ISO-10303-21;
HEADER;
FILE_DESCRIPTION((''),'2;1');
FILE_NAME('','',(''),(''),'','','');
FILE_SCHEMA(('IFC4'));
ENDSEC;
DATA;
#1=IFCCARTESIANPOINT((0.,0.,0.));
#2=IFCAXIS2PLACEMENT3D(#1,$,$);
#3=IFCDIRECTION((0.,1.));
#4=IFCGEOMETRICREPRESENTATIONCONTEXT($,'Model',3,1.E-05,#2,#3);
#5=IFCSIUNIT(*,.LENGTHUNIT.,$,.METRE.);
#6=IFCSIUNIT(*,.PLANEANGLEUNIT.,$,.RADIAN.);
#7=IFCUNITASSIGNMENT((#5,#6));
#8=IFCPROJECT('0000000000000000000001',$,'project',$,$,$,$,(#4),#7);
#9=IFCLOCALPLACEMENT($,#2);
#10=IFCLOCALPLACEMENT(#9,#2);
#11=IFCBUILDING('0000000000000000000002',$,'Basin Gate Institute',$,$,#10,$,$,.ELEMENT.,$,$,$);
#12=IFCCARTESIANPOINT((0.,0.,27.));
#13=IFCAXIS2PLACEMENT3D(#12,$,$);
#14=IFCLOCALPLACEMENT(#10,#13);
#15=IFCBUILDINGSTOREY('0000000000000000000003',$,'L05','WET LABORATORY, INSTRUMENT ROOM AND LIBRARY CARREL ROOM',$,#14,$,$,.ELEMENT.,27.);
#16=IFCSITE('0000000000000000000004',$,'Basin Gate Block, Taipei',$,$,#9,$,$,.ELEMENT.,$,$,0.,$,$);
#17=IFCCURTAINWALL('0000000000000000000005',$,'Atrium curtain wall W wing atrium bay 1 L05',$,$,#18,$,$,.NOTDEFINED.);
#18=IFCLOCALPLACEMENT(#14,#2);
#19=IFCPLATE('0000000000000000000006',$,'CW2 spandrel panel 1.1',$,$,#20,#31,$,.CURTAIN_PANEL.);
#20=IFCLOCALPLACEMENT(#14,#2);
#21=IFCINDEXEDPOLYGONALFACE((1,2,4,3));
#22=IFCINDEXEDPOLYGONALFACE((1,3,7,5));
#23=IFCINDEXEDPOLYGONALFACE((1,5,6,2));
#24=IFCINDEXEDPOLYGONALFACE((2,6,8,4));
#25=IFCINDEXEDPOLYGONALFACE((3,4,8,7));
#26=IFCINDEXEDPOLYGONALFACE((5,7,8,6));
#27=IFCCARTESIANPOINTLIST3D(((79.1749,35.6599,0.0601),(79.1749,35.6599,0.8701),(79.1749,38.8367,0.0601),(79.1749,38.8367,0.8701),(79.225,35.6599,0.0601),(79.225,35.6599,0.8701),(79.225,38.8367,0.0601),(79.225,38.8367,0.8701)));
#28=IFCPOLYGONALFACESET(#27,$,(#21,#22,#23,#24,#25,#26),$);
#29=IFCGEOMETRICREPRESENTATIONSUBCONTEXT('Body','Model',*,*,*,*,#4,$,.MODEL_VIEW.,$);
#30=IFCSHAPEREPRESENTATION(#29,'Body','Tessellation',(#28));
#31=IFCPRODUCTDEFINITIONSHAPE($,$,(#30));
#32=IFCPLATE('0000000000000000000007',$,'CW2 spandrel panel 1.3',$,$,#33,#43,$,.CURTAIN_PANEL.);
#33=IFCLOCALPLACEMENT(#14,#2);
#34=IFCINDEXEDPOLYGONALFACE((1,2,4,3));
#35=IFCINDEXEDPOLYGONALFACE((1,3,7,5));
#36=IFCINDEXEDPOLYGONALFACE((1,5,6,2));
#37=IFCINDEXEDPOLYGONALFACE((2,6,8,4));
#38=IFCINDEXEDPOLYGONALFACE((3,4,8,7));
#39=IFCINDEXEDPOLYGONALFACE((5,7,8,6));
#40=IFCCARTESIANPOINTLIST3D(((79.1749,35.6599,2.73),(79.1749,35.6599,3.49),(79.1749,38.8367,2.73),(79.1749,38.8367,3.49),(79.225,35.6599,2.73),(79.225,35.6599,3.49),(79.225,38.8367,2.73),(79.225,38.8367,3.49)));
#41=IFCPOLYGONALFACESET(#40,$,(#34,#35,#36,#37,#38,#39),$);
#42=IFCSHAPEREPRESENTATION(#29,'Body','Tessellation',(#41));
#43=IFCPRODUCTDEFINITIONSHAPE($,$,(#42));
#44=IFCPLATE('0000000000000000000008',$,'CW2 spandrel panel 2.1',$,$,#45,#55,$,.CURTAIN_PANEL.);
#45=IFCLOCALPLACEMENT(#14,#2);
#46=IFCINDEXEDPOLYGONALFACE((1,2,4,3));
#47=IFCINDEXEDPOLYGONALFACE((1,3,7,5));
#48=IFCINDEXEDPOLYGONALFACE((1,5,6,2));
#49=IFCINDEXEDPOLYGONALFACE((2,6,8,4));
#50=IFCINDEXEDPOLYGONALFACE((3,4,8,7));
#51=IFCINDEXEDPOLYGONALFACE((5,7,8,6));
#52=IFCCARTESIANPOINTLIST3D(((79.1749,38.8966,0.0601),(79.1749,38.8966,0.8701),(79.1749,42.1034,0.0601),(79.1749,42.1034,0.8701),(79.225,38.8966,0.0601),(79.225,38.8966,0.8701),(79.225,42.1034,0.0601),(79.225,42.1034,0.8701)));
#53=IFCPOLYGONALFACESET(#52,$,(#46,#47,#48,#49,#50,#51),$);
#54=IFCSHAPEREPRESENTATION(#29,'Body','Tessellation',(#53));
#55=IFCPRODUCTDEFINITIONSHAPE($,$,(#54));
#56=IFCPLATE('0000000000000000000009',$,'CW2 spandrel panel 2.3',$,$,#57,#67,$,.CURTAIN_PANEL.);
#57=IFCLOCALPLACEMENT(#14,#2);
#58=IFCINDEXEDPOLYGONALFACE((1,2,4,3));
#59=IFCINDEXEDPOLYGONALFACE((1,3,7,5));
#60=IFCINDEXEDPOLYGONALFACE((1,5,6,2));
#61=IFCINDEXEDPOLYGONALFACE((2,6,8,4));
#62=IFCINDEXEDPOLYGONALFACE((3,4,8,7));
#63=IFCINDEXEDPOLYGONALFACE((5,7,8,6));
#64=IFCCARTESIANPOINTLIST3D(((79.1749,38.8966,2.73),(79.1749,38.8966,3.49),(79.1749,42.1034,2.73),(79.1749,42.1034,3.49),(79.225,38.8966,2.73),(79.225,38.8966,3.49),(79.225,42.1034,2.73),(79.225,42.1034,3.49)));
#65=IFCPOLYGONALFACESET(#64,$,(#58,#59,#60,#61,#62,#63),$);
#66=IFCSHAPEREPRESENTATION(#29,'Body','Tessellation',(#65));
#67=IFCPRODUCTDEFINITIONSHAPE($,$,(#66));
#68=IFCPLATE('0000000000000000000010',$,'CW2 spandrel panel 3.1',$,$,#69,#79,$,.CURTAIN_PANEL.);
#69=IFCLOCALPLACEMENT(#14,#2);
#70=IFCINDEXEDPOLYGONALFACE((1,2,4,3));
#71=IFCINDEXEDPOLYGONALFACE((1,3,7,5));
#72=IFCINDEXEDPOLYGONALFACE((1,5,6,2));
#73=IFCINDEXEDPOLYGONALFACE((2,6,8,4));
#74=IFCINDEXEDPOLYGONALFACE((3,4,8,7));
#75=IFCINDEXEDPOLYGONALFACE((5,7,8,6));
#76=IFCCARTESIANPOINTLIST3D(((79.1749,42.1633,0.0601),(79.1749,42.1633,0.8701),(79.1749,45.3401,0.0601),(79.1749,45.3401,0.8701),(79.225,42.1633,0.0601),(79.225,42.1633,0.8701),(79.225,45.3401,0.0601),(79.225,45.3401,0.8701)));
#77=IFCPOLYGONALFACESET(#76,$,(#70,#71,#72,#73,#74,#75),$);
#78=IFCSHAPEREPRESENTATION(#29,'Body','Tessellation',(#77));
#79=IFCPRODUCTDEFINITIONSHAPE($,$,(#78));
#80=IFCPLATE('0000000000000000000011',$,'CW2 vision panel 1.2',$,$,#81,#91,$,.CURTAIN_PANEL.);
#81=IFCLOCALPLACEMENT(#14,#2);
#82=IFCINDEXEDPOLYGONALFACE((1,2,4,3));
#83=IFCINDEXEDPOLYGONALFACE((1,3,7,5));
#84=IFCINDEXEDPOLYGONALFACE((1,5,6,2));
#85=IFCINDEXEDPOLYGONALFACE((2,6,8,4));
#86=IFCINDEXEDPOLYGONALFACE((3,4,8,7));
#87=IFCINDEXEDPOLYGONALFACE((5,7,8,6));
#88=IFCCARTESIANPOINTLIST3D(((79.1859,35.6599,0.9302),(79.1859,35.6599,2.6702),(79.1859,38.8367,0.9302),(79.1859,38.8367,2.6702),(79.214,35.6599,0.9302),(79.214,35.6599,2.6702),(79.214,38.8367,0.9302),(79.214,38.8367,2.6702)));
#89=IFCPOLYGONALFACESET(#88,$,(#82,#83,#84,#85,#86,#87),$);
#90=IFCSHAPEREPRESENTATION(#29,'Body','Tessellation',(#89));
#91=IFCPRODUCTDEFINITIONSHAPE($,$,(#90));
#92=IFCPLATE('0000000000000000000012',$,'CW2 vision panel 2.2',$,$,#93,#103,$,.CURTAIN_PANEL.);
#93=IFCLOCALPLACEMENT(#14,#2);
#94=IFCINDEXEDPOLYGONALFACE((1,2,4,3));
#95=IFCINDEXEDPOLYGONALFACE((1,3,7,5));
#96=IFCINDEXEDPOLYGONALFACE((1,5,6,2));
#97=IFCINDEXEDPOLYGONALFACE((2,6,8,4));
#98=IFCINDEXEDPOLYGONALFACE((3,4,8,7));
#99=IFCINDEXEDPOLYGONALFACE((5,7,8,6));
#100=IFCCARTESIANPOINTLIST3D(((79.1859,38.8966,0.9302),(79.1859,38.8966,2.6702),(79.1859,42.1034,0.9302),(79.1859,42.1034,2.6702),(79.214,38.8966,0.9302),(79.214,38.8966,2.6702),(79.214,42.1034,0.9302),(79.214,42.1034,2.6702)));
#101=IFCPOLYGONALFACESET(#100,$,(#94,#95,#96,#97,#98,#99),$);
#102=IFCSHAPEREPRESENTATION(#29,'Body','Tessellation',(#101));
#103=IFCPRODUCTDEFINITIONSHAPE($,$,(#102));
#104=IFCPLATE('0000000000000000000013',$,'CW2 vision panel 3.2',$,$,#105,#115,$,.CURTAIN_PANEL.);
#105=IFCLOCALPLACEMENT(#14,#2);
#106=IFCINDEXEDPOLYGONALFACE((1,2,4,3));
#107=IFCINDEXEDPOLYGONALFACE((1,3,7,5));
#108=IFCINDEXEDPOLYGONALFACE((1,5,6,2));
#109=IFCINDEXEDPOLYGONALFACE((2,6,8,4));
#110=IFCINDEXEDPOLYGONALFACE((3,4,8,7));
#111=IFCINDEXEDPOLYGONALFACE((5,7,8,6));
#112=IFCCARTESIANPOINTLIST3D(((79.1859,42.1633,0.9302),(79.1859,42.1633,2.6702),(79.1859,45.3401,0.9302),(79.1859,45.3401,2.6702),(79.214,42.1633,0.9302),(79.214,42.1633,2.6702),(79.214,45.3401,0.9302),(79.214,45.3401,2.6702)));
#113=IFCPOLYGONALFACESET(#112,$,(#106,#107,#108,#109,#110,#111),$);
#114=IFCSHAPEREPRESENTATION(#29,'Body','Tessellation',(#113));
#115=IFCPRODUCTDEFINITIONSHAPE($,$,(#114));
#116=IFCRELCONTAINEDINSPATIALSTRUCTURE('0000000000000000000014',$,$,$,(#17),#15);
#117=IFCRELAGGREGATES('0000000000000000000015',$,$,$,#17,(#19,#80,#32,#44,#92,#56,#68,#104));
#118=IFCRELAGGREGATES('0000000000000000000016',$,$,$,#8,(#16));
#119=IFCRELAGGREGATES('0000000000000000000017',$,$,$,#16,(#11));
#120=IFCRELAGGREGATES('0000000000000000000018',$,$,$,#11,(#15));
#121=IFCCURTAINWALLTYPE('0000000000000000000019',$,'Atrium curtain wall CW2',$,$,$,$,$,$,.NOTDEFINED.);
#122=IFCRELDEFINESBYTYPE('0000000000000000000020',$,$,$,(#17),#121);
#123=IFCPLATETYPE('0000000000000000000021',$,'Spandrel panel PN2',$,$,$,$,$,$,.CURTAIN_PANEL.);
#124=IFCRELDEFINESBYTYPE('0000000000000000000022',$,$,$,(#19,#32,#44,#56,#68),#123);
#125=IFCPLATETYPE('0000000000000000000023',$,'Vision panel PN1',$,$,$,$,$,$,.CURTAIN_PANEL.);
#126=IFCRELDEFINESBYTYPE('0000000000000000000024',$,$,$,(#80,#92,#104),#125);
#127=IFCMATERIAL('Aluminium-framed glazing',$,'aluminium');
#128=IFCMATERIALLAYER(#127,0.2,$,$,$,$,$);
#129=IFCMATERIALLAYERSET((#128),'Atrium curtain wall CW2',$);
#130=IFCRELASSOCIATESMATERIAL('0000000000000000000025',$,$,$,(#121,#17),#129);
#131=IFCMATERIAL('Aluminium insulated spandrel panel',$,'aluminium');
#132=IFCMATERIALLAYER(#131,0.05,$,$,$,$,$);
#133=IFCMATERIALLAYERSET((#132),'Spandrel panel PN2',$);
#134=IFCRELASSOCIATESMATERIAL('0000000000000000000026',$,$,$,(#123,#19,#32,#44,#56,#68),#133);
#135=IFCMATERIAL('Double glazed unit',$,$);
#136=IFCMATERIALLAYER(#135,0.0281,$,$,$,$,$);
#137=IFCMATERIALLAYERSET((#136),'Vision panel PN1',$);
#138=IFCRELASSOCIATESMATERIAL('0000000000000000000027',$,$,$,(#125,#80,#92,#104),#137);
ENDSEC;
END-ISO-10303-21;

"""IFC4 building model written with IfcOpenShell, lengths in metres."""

from ifc_helpers import new_model, si_unit, direction, frame, origin, origin_2d, place, context, subcontext, project, spatial, rectangle, extrude, material, layer, layer_set, type_object, element, aggregate, save


model = new_model("IFC4")

# Units and contexts
model_context = context("Model", 3, precision=1e-05, world=origin(), true_north=direction((0.0, 1.0)))
body_context = subcontext(model_context, "Body", "Model", "MODEL_VIEW")
ifc_project = project(units=[si_unit("LENGTHUNIT", "METRE"), si_unit("PLANEANGLEUNIT", "RADIAN")], contexts=[model_context])

# Site, building, storey
site_placement = place(None, origin())
site = spatial("IfcSite", under=ifc_project, at=site_placement, Name="Basin Gate Block, Taipei", CompositionType="ELEMENT", RefElevation=0.0)
building_placement = place(site_placement, origin())
building = spatial("IfcBuilding", under=site, at=building_placement, Name="Basin Gate Institute", CompositionType="ELEMENT")
storey_placement = place(building_placement, frame((0.0, 0.0, 27.0)))
storey = spatial("IfcBuildingStorey", under=building, at=storey_placement, Name="L05", Description="WET LABORATORY, INSTRUMENT ROOM AND LIBRARY CARREL ROOM", CompositionType="ELEMENT", Elevation=27.0)

# Curtain wall, plates
ifc_material_1 = material(Name="Aluminium-framed glazing", Category="aluminium")
ifc_layer_1 = layer(ifc_material_1, 0.2)
ifc_layer_set_1 = layer_set([ifc_layer_1], Name="Atrium curtain wall CW2")
curtain_wall_type = type_object("IfcCurtainWallType", Name="Atrium curtain wall CW2", PredefinedType="NOTDEFINED", material=ifc_layer_set_1)
curtain_wall_placement = place(storey_placement, origin())
curtain_wall = element("IfcCurtainWall", 1, at=curtain_wall_placement, inside=storey, type_object=curtain_wall_type, material=ifc_layer_set_1, Name="Atrium curtain wall W wing atrium bay 1 L05", PredefinedType="NOTDEFINED")
ifc_material_2 = material(Name="Aluminium insulated spandrel panel", Category="aluminium")
ifc_layer_2 = layer(ifc_material_2, 0.05)
ifc_layer_set_2 = layer_set([ifc_layer_2], Name="Spandrel panel PN2")
plate_type_1 = type_object("IfcPlateType", Name="Spandrel panel PN2", PredefinedType="CURTAIN_PANEL", material=ifc_layer_set_2)
plate_1_placement = place(storey_placement, frame((79.2, 37.2483, 0.0601), z_axis=(0.0, 0.0, 1.0), x_axis=(0.0, 1.0, 0.0)))
plate_1 = element("IfcPlate", 2, at=plate_1_placement, type_object=plate_type_1, material=ifc_layer_set_2, Name="CW2 spandrel panel 1.1", PredefinedType="CURTAIN_PANEL", context=body_context, shape_type="SweptSolid", body=[
    extrude(rectangle(XDim=3.1768, YDim=0.05, at=origin_2d()), origin(), (0.0, 0.0, 1.0), 0.8101),
])
plate_2_placement = place(storey_placement, frame((79.2, 37.2483, 2.73), z_axis=(0.0, 0.0, 1.0), x_axis=(0.0, 1.0, 0.0)))
plate_2 = element("IfcPlate", 3, at=plate_2_placement, type_object=plate_type_1, material=ifc_layer_set_2, Name="CW2 spandrel panel 1.3", PredefinedType="CURTAIN_PANEL", context=body_context, shape_type="SweptSolid", body=[
    extrude(rectangle(XDim=3.1768, YDim=0.05, at=origin_2d()), origin(), (0.0, 0.0, 1.0), 0.76),
])
plate_3_placement = place(storey_placement, frame((79.2, 40.5, 0.0601), z_axis=(0.0, 0.0, 1.0), x_axis=(0.0, 1.0, 0.0)))
plate_3 = element("IfcPlate", 4, at=plate_3_placement, type_object=plate_type_1, material=ifc_layer_set_2, Name="CW2 spandrel panel 2.1", PredefinedType="CURTAIN_PANEL", context=body_context, shape_type="SweptSolid", body=[
    extrude(rectangle(XDim=3.2068, YDim=0.05, at=origin_2d()), origin(), (0.0, 0.0, 1.0), 0.8101),
])
plate_4_placement = place(storey_placement, frame((79.2, 40.5, 2.73), z_axis=(0.0, 0.0, 1.0), x_axis=(0.0, 1.0, 0.0)))
plate_4 = element("IfcPlate", 5, at=plate_4_placement, type_object=plate_type_1, material=ifc_layer_set_2, Name="CW2 spandrel panel 2.3", PredefinedType="CURTAIN_PANEL", context=body_context, shape_type="SweptSolid", body=[
    extrude(rectangle(XDim=3.2068, YDim=0.05, at=origin_2d()), origin(), (0.0, 0.0, 1.0), 0.76),
])
plate_5_placement = place(storey_placement, frame((79.2, 43.7517, 0.0601), z_axis=(0.0, 0.0, 1.0), x_axis=(0.0, 1.0, 0.0)))
plate_5 = element("IfcPlate", 6, at=plate_5_placement, type_object=plate_type_1, material=ifc_layer_set_2, Name="CW2 spandrel panel 3.1", PredefinedType="CURTAIN_PANEL", context=body_context, shape_type="SweptSolid", body=[
    extrude(rectangle(XDim=3.1768, YDim=0.05, at=origin_2d()), origin(), (0.0, 0.0, 1.0), 0.8101),
])
ifc_material_3 = material(Name="Double glazed unit")
ifc_layer_3 = layer(ifc_material_3, 0.0281)
ifc_layer_set_3 = layer_set([ifc_layer_3], Name="Vision panel PN1")
plate_type_2 = type_object("IfcPlateType", Name="Vision panel PN1", PredefinedType="CURTAIN_PANEL", material=ifc_layer_set_3)
plate_6_placement = place(storey_placement, frame((79.2, 37.2483, 0.9302), z_axis=(0.0, 0.0, 1.0), x_axis=(0.0, 1.0, 0.0)))
plate_6 = element("IfcPlate", 7, at=plate_6_placement, type_object=plate_type_2, material=ifc_layer_set_3, Name="CW2 vision panel 1.2", PredefinedType="CURTAIN_PANEL", context=body_context, shape_type="SweptSolid", body=[
    extrude(rectangle(XDim=3.1768, YDim=0.0281, at=origin_2d()), origin(), (0.0, 0.0, 1.0), 1.74),
])
plate_7_placement = place(storey_placement, frame((79.2, 40.5, 0.9302), z_axis=(0.0, 0.0, 1.0), x_axis=(0.0, 1.0, 0.0)))
plate_7 = element("IfcPlate", 8, at=plate_7_placement, type_object=plate_type_2, material=ifc_layer_set_3, Name="CW2 vision panel 2.2", PredefinedType="CURTAIN_PANEL", context=body_context, shape_type="SweptSolid", body=[
    extrude(rectangle(XDim=3.2068, YDim=0.0281, at=origin_2d()), origin(), (0.0, 0.0, 1.0), 1.74),
])
plate_8_placement = place(storey_placement, frame((79.2, 43.7517, 0.9302), z_axis=(0.0, 0.0, 1.0), x_axis=(0.0, 1.0, 0.0)))
plate_8 = element("IfcPlate", 9, at=plate_8_placement, type_object=plate_type_2, material=ifc_layer_set_3, Name="CW2 vision panel 3.2", PredefinedType="CURTAIN_PANEL", context=body_context, shape_type="SweptSolid", body=[
    extrude(rectangle(XDim=3.1768, YDim=0.0281, at=origin_2d()), origin(), (0.0, 0.0, 1.0), 1.74),
])
aggregate(curtain_wall, [plate_1, plate_6, plate_2, plate_3, plate_7, plate_4, plate_5, plate_8])

save(model, "model.ifc")
